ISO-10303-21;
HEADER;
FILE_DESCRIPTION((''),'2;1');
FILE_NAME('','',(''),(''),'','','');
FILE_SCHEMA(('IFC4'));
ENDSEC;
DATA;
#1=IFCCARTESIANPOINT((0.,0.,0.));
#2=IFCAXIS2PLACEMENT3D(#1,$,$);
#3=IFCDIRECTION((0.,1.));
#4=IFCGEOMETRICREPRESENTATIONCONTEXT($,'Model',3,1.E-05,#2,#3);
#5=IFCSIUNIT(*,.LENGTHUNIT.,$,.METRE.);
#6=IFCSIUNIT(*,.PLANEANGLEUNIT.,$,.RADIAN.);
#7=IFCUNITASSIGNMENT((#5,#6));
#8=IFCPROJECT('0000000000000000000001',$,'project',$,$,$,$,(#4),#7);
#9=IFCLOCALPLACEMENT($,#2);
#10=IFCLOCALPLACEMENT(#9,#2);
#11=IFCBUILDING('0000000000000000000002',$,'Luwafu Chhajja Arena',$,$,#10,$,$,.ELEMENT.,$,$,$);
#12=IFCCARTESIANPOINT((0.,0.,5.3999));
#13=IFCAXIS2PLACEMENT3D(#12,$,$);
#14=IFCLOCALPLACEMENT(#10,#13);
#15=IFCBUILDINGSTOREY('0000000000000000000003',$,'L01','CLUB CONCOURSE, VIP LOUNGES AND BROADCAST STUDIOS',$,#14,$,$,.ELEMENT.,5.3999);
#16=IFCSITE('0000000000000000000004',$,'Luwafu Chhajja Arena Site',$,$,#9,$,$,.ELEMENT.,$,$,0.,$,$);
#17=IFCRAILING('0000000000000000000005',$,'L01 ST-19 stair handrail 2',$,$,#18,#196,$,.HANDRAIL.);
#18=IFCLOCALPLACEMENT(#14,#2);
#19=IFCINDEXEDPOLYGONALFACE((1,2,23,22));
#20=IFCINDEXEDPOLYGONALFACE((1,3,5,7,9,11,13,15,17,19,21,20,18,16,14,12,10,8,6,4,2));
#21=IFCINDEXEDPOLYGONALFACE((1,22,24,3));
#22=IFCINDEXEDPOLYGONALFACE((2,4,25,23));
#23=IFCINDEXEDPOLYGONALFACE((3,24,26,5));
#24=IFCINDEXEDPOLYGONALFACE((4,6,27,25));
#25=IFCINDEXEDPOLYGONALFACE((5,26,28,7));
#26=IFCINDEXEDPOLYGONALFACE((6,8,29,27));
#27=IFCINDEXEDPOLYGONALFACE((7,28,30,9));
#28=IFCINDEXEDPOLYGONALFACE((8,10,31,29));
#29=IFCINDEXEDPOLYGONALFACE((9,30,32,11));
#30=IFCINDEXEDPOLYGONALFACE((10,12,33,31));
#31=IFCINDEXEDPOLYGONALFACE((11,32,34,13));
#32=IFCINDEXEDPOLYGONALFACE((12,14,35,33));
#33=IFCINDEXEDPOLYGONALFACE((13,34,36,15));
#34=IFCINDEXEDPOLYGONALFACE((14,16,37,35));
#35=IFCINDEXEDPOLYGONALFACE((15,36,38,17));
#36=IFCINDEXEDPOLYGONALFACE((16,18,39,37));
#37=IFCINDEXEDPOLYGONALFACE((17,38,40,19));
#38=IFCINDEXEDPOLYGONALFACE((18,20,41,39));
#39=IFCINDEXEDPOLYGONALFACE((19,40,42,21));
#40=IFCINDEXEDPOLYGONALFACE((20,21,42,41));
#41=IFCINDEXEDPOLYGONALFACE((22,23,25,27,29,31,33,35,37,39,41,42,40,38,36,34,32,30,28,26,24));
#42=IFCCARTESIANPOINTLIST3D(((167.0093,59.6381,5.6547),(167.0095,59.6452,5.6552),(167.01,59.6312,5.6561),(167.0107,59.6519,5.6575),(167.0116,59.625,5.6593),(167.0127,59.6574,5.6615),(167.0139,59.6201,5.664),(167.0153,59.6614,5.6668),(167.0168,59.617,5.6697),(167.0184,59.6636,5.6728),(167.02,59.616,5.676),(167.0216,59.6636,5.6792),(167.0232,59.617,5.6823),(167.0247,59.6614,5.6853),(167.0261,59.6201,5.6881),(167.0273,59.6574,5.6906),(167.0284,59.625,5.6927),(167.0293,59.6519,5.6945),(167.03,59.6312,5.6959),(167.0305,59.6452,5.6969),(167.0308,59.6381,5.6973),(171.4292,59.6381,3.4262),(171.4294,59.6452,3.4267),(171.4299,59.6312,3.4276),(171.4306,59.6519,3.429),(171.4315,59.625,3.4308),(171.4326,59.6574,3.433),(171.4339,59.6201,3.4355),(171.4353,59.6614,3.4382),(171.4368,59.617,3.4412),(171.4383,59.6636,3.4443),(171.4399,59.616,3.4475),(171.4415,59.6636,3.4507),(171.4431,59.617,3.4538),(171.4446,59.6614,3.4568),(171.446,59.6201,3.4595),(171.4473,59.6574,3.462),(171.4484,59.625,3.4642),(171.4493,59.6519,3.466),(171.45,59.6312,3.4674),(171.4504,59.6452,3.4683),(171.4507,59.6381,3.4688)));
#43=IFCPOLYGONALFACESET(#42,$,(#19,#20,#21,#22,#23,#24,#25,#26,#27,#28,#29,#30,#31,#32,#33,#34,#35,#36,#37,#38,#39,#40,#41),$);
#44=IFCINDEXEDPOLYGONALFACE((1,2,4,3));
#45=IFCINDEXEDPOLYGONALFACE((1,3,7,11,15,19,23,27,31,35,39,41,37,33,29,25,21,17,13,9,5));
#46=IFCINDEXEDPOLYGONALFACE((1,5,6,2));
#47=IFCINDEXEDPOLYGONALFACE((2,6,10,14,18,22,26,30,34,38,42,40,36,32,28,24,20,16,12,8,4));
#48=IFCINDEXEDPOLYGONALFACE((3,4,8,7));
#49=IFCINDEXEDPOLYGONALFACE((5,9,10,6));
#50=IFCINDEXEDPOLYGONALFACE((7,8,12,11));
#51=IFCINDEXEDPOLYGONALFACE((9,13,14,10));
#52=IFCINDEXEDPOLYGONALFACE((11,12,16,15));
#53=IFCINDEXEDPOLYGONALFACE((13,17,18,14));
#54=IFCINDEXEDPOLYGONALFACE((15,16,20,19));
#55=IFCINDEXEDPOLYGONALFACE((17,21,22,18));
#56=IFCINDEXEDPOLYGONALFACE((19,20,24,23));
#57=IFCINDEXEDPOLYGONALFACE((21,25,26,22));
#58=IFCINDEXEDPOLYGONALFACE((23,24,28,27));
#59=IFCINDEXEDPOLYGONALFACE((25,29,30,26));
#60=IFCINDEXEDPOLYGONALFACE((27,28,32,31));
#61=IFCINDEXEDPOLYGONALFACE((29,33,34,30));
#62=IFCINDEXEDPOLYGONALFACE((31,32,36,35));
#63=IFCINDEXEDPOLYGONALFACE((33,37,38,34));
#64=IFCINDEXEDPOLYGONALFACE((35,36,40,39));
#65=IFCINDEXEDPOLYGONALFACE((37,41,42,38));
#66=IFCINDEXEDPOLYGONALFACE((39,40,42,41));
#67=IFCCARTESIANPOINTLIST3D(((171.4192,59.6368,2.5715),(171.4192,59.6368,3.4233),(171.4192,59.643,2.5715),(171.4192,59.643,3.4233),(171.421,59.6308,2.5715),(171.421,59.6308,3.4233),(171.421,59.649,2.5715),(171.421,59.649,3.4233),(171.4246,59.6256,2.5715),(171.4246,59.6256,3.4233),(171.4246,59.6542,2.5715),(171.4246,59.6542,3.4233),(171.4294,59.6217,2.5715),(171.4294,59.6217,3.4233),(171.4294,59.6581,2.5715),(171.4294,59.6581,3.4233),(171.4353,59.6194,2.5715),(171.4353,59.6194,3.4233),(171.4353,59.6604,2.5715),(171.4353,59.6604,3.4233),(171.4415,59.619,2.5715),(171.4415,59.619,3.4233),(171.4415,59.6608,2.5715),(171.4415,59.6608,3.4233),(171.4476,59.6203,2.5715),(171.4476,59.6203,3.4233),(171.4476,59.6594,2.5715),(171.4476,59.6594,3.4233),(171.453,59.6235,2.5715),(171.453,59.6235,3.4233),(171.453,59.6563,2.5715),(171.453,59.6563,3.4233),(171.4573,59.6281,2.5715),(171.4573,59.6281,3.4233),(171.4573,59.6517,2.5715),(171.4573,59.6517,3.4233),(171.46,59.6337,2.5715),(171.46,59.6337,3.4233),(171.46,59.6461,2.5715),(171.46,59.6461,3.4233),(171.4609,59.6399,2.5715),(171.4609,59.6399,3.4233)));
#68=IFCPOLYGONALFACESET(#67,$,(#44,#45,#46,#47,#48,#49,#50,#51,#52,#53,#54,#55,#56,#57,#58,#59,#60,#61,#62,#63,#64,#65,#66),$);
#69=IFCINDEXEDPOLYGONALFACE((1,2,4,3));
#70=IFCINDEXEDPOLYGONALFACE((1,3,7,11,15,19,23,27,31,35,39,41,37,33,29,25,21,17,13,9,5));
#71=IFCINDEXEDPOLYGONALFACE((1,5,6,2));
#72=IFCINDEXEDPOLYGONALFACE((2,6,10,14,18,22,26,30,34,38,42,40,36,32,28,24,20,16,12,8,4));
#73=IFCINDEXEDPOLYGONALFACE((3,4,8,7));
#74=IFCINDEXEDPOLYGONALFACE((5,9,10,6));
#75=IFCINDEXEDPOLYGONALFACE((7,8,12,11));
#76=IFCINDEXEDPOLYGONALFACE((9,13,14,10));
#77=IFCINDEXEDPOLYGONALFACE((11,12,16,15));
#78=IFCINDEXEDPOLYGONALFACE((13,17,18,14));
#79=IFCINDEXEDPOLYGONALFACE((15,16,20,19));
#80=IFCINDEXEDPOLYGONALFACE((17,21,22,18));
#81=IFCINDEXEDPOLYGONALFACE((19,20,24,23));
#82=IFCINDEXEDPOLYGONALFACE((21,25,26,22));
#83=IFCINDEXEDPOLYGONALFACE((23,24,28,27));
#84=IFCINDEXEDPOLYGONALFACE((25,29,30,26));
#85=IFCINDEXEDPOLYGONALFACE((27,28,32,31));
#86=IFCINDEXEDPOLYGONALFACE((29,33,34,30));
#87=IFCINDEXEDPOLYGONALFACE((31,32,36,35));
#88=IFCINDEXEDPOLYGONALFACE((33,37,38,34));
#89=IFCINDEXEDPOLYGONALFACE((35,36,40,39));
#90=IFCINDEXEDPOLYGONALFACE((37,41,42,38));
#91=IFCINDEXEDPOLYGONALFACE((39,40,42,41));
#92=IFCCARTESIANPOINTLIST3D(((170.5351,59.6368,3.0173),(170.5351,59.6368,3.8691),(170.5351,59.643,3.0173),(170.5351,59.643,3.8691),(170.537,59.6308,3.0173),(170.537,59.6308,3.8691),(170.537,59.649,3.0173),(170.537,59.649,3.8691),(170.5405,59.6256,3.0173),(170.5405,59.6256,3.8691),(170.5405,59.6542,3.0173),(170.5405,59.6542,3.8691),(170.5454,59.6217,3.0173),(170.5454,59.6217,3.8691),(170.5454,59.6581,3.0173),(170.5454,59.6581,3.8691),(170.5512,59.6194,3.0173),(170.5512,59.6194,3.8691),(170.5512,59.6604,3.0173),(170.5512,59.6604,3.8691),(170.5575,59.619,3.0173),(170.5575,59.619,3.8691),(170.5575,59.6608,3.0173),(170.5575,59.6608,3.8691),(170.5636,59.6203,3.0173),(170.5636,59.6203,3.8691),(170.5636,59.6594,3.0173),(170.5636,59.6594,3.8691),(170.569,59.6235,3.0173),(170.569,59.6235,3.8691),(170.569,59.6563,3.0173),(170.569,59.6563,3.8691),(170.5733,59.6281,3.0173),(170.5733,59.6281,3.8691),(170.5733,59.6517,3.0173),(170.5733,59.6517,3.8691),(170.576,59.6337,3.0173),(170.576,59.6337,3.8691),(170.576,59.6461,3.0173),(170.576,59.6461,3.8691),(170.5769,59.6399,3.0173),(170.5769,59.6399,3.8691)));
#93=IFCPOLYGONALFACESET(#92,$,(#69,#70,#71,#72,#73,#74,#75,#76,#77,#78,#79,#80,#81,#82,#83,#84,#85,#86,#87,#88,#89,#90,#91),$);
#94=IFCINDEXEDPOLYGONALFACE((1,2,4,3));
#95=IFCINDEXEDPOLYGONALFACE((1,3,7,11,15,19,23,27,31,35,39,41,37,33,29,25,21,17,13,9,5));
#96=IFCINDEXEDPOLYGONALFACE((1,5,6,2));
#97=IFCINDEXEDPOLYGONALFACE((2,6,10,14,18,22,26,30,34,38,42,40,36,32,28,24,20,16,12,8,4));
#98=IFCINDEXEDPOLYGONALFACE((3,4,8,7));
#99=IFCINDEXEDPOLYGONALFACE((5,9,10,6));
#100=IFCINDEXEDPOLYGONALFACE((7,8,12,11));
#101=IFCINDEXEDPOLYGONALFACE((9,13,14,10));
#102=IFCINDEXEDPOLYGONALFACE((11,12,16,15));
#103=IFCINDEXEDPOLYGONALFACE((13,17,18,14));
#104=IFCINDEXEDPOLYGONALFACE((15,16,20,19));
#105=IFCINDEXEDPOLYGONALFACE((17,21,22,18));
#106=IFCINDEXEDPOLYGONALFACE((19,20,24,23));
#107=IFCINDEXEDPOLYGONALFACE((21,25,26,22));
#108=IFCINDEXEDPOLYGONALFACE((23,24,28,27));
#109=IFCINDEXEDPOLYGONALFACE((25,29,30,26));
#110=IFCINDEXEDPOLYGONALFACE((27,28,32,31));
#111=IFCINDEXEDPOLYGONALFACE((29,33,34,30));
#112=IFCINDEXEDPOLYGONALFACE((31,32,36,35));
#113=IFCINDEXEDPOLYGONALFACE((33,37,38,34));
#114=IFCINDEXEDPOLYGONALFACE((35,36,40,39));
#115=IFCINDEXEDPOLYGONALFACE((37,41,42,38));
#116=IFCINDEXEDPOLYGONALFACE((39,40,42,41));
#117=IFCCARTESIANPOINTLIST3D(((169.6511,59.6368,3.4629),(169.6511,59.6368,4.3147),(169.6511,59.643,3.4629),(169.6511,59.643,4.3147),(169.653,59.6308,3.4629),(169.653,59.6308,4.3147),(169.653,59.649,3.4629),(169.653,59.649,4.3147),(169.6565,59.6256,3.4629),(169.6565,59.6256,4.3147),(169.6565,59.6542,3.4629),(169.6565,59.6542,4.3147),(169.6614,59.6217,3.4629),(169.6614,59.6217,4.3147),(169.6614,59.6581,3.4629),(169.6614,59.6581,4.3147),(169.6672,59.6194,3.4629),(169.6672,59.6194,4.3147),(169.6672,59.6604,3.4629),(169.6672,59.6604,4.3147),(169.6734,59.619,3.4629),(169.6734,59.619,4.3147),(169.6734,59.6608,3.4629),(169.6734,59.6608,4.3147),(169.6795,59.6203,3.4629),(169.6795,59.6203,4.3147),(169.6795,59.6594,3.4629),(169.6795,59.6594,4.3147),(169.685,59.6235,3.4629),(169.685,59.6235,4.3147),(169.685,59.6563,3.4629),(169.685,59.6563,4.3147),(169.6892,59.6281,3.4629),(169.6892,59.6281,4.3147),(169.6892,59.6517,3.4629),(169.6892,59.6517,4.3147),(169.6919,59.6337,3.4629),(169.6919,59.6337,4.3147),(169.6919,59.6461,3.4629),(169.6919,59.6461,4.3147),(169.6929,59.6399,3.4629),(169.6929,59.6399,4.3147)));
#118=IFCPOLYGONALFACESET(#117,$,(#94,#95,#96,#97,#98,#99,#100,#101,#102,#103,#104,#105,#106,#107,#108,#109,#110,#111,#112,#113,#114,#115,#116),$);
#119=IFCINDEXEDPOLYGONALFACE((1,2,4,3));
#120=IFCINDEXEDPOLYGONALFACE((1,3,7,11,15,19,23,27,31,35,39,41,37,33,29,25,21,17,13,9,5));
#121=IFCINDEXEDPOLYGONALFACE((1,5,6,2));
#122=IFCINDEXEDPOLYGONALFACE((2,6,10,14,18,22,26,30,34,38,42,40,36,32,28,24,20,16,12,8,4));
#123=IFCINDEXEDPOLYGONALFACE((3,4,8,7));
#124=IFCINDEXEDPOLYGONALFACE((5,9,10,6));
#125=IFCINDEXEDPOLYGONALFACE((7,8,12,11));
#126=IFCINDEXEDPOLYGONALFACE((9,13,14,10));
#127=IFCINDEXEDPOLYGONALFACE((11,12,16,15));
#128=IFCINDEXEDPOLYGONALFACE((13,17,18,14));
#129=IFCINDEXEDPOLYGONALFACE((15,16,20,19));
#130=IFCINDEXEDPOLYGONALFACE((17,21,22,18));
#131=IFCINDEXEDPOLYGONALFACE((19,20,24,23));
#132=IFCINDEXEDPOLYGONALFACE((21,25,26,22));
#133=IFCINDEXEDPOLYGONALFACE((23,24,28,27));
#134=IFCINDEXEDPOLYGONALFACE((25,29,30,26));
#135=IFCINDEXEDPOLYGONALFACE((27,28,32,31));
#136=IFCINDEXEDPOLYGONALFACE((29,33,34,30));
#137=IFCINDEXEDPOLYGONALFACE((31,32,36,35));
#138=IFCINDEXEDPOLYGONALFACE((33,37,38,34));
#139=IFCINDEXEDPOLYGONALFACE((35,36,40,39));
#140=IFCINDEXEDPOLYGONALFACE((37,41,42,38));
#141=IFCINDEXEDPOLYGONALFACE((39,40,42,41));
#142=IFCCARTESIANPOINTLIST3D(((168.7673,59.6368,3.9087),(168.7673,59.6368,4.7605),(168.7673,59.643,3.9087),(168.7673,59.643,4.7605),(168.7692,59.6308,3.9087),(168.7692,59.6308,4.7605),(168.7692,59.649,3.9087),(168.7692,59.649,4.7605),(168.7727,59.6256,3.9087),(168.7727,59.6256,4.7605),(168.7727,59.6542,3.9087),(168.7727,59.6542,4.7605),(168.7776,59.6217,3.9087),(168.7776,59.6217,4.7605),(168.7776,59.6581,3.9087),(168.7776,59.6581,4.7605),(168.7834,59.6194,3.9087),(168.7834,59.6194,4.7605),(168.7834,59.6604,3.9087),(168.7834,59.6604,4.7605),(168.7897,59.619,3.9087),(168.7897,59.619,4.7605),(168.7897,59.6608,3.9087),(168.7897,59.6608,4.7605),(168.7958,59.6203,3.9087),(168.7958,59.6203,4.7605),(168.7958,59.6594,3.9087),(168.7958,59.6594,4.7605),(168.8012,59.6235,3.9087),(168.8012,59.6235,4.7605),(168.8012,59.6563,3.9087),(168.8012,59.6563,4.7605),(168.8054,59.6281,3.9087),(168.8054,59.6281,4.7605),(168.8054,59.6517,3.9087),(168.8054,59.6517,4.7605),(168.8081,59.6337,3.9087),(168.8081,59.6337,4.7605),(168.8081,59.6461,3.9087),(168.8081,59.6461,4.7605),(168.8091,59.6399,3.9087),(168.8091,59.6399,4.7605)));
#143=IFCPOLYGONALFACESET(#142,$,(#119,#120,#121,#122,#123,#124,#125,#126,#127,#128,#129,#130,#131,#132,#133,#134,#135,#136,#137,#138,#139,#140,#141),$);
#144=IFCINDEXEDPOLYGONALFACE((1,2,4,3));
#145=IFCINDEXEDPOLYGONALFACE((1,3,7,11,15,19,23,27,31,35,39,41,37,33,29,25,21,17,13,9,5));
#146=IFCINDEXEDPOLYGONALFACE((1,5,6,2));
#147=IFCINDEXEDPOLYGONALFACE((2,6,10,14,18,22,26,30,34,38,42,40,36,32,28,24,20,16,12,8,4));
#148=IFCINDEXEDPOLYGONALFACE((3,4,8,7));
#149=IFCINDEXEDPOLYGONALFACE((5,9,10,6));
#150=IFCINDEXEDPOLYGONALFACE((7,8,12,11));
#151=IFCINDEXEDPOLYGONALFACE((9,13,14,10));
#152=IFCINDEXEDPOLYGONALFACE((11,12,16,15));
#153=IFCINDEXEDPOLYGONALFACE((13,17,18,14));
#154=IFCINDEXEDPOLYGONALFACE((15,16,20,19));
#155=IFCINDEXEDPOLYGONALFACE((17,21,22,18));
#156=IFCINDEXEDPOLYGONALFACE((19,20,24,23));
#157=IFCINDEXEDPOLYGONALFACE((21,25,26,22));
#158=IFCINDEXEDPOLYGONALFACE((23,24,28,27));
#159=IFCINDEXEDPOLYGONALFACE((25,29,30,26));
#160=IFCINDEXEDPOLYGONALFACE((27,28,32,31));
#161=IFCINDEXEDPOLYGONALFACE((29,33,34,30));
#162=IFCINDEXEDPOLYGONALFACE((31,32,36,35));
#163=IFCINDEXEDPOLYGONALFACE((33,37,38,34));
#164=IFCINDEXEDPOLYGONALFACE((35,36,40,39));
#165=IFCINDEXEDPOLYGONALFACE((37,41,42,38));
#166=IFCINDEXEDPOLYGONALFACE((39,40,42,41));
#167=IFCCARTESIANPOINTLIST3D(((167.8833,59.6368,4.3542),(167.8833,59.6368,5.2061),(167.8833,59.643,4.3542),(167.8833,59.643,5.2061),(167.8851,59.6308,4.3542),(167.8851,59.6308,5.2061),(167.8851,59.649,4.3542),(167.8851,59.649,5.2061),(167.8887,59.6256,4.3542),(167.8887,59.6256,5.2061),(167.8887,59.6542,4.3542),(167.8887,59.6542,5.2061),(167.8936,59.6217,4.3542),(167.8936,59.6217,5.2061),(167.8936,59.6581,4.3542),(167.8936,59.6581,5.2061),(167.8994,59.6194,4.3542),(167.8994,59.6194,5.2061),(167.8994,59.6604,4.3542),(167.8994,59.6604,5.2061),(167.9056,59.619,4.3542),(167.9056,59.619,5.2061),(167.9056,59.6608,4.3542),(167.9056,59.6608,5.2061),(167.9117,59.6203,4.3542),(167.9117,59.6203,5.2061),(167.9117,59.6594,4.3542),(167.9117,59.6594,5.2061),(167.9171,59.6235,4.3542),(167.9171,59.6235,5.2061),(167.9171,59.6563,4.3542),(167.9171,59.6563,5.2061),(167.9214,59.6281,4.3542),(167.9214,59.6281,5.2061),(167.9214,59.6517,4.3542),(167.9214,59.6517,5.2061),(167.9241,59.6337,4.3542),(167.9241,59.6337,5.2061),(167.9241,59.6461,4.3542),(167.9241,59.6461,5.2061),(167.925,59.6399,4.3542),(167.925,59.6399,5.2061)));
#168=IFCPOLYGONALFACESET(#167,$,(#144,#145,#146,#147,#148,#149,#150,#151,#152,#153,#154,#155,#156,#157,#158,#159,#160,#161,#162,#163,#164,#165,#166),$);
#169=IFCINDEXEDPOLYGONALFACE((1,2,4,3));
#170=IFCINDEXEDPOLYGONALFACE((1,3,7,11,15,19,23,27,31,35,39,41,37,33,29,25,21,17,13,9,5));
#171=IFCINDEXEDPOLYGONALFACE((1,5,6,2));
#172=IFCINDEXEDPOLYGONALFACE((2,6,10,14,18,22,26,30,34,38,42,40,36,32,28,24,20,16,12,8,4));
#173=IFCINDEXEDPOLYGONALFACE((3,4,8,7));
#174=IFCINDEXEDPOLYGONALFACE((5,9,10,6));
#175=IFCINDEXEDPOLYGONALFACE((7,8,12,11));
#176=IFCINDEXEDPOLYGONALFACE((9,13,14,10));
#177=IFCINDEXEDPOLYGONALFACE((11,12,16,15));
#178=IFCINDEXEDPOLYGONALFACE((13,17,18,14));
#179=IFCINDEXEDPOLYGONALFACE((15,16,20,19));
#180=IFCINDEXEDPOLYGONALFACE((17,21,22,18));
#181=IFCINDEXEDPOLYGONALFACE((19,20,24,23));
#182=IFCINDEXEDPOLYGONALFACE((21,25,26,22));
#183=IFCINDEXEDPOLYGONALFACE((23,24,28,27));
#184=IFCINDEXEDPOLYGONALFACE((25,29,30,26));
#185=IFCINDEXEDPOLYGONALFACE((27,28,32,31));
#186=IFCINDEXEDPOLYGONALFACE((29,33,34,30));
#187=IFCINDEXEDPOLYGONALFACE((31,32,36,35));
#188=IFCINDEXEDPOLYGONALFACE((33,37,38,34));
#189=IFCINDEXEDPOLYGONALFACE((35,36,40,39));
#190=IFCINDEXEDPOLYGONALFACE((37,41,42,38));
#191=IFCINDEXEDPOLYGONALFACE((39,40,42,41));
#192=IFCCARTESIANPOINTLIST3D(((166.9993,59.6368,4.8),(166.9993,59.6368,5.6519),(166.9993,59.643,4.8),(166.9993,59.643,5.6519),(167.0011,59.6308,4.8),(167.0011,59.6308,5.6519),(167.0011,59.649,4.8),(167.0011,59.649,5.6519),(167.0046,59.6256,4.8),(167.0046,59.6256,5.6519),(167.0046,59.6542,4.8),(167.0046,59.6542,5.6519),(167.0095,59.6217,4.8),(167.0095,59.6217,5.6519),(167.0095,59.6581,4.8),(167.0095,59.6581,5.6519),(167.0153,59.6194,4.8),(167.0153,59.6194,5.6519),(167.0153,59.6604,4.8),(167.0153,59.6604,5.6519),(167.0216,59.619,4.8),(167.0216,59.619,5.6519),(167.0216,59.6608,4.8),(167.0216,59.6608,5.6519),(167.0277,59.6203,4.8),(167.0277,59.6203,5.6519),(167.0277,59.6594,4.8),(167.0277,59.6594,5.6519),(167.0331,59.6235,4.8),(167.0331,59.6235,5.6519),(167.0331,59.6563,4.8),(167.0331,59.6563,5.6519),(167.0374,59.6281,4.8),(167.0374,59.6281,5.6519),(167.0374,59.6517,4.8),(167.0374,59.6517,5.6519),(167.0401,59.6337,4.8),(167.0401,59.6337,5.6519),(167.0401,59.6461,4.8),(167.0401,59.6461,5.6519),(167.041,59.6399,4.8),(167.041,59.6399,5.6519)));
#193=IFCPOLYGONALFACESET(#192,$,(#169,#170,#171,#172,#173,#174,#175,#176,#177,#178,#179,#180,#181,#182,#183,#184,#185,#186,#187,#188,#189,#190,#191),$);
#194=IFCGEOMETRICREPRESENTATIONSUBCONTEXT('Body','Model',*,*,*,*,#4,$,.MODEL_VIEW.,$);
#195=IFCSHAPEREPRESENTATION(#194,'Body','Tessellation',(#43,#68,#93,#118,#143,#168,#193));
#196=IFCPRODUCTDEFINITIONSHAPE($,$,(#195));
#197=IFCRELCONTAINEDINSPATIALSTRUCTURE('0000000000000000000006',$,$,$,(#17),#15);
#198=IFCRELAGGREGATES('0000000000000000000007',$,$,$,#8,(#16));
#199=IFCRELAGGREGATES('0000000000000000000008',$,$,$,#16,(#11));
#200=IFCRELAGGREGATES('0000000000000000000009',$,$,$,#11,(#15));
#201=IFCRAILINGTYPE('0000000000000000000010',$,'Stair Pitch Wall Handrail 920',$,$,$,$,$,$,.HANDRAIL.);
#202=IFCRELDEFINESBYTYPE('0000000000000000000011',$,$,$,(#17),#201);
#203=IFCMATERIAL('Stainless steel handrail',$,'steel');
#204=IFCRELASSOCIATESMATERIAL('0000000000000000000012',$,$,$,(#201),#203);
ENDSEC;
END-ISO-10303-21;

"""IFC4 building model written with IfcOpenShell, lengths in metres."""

from ifc_helpers import new_model, si_unit, direction, frame, origin, origin_2d, place, context, subcontext, project, spatial, circle, extrude, material, type_object, element, save


model = new_model("IFC4")

# Units and contexts
model_context = context("Model", 3, precision=1e-05, world=origin(), true_north=direction((0.0, 1.0)))
body_context = subcontext(model_context, "Body", "Model", "MODEL_VIEW")
ifc_project = project(units=[si_unit("LENGTHUNIT", "METRE"), si_unit("PLANEANGLEUNIT", "RADIAN")], contexts=[model_context])

# Site, building, storey
site_placement = place(None, origin())
site = spatial("IfcSite", under=ifc_project, at=site_placement, Name="Luwafu Chhajja Arena Site", CompositionType="ELEMENT", RefElevation=0.0)
building_placement = place(site_placement, origin())
building = spatial("IfcBuilding", under=site, at=building_placement, Name="Luwafu Chhajja Arena", CompositionType="ELEMENT")
storey_placement = place(building_placement, frame((0.0, 0.0, 5.3999)))
storey = spatial("IfcBuildingStorey", under=building, at=storey_placement, Name="L01", Description="CLUB CONCOURSE, VIP LOUNGES AND BROADCAST STUDIOS", CompositionType="ELEMENT", Elevation=5.3999)

# Railing
ifc_material_1 = material(Name="Stainless steel handrail", Category="steel")
railing_type_1 = type_object("IfcRailingType", Name="Stair Pitch Wall Handrail 920", PredefinedType="HANDRAIL", material=ifc_material_1)
railing_1_placement = place(storey_placement, frame((171.4399, 59.6399, 2.5715)))
element("IfcRailing", 1, at=railing_1_placement, inside=storey, type_object=railing_type_1, Name="L01 ST-19 stair handrail 2", PredefinedType="HANDRAIL", context=body_context, shape_type="SweptSolid", body=[
    extrude(circle(Radius=0.0239, at=origin_2d()), frame((0.0, 0.0, 0.876), z_axis=(-0.892923, 0.0, 0.45021), x_axis=(0.0, -1.0, 0.0)), (0.0, 0.0, 1.0), 4.95),
    extrude(circle(Radius=0.021, at=origin_2d()), origin(), (0.0, 0.0, 1.0), 0.8518),
    extrude(circle(Radius=0.021, at=origin_2d()), frame((-0.884, 0.0, 0.4458)), (0.0, 0.0, 1.0), 0.8518),
    extrude(circle(Radius=0.021, at=origin_2d()), frame((-1.7681, 0.0, 0.8914)), (0.0, 0.0, 1.0), 0.8518),
    extrude(circle(Radius=0.021, at=origin_2d()), frame((-2.6519, 0.0, 1.3372)), (0.0, 0.0, 1.0), 0.8518),
    extrude(circle(Radius=0.021, at=origin_2d()), frame((-3.5359, 0.0, 1.7827)), (0.0, 0.0, 1.0), 0.8518),
    extrude(circle(Radius=0.021, at=origin_2d()), frame((-4.4199, 0.0, 2.2285)), (0.0, 0.0, 1.0), 0.8518),
])

save(model, "model.ifc")
